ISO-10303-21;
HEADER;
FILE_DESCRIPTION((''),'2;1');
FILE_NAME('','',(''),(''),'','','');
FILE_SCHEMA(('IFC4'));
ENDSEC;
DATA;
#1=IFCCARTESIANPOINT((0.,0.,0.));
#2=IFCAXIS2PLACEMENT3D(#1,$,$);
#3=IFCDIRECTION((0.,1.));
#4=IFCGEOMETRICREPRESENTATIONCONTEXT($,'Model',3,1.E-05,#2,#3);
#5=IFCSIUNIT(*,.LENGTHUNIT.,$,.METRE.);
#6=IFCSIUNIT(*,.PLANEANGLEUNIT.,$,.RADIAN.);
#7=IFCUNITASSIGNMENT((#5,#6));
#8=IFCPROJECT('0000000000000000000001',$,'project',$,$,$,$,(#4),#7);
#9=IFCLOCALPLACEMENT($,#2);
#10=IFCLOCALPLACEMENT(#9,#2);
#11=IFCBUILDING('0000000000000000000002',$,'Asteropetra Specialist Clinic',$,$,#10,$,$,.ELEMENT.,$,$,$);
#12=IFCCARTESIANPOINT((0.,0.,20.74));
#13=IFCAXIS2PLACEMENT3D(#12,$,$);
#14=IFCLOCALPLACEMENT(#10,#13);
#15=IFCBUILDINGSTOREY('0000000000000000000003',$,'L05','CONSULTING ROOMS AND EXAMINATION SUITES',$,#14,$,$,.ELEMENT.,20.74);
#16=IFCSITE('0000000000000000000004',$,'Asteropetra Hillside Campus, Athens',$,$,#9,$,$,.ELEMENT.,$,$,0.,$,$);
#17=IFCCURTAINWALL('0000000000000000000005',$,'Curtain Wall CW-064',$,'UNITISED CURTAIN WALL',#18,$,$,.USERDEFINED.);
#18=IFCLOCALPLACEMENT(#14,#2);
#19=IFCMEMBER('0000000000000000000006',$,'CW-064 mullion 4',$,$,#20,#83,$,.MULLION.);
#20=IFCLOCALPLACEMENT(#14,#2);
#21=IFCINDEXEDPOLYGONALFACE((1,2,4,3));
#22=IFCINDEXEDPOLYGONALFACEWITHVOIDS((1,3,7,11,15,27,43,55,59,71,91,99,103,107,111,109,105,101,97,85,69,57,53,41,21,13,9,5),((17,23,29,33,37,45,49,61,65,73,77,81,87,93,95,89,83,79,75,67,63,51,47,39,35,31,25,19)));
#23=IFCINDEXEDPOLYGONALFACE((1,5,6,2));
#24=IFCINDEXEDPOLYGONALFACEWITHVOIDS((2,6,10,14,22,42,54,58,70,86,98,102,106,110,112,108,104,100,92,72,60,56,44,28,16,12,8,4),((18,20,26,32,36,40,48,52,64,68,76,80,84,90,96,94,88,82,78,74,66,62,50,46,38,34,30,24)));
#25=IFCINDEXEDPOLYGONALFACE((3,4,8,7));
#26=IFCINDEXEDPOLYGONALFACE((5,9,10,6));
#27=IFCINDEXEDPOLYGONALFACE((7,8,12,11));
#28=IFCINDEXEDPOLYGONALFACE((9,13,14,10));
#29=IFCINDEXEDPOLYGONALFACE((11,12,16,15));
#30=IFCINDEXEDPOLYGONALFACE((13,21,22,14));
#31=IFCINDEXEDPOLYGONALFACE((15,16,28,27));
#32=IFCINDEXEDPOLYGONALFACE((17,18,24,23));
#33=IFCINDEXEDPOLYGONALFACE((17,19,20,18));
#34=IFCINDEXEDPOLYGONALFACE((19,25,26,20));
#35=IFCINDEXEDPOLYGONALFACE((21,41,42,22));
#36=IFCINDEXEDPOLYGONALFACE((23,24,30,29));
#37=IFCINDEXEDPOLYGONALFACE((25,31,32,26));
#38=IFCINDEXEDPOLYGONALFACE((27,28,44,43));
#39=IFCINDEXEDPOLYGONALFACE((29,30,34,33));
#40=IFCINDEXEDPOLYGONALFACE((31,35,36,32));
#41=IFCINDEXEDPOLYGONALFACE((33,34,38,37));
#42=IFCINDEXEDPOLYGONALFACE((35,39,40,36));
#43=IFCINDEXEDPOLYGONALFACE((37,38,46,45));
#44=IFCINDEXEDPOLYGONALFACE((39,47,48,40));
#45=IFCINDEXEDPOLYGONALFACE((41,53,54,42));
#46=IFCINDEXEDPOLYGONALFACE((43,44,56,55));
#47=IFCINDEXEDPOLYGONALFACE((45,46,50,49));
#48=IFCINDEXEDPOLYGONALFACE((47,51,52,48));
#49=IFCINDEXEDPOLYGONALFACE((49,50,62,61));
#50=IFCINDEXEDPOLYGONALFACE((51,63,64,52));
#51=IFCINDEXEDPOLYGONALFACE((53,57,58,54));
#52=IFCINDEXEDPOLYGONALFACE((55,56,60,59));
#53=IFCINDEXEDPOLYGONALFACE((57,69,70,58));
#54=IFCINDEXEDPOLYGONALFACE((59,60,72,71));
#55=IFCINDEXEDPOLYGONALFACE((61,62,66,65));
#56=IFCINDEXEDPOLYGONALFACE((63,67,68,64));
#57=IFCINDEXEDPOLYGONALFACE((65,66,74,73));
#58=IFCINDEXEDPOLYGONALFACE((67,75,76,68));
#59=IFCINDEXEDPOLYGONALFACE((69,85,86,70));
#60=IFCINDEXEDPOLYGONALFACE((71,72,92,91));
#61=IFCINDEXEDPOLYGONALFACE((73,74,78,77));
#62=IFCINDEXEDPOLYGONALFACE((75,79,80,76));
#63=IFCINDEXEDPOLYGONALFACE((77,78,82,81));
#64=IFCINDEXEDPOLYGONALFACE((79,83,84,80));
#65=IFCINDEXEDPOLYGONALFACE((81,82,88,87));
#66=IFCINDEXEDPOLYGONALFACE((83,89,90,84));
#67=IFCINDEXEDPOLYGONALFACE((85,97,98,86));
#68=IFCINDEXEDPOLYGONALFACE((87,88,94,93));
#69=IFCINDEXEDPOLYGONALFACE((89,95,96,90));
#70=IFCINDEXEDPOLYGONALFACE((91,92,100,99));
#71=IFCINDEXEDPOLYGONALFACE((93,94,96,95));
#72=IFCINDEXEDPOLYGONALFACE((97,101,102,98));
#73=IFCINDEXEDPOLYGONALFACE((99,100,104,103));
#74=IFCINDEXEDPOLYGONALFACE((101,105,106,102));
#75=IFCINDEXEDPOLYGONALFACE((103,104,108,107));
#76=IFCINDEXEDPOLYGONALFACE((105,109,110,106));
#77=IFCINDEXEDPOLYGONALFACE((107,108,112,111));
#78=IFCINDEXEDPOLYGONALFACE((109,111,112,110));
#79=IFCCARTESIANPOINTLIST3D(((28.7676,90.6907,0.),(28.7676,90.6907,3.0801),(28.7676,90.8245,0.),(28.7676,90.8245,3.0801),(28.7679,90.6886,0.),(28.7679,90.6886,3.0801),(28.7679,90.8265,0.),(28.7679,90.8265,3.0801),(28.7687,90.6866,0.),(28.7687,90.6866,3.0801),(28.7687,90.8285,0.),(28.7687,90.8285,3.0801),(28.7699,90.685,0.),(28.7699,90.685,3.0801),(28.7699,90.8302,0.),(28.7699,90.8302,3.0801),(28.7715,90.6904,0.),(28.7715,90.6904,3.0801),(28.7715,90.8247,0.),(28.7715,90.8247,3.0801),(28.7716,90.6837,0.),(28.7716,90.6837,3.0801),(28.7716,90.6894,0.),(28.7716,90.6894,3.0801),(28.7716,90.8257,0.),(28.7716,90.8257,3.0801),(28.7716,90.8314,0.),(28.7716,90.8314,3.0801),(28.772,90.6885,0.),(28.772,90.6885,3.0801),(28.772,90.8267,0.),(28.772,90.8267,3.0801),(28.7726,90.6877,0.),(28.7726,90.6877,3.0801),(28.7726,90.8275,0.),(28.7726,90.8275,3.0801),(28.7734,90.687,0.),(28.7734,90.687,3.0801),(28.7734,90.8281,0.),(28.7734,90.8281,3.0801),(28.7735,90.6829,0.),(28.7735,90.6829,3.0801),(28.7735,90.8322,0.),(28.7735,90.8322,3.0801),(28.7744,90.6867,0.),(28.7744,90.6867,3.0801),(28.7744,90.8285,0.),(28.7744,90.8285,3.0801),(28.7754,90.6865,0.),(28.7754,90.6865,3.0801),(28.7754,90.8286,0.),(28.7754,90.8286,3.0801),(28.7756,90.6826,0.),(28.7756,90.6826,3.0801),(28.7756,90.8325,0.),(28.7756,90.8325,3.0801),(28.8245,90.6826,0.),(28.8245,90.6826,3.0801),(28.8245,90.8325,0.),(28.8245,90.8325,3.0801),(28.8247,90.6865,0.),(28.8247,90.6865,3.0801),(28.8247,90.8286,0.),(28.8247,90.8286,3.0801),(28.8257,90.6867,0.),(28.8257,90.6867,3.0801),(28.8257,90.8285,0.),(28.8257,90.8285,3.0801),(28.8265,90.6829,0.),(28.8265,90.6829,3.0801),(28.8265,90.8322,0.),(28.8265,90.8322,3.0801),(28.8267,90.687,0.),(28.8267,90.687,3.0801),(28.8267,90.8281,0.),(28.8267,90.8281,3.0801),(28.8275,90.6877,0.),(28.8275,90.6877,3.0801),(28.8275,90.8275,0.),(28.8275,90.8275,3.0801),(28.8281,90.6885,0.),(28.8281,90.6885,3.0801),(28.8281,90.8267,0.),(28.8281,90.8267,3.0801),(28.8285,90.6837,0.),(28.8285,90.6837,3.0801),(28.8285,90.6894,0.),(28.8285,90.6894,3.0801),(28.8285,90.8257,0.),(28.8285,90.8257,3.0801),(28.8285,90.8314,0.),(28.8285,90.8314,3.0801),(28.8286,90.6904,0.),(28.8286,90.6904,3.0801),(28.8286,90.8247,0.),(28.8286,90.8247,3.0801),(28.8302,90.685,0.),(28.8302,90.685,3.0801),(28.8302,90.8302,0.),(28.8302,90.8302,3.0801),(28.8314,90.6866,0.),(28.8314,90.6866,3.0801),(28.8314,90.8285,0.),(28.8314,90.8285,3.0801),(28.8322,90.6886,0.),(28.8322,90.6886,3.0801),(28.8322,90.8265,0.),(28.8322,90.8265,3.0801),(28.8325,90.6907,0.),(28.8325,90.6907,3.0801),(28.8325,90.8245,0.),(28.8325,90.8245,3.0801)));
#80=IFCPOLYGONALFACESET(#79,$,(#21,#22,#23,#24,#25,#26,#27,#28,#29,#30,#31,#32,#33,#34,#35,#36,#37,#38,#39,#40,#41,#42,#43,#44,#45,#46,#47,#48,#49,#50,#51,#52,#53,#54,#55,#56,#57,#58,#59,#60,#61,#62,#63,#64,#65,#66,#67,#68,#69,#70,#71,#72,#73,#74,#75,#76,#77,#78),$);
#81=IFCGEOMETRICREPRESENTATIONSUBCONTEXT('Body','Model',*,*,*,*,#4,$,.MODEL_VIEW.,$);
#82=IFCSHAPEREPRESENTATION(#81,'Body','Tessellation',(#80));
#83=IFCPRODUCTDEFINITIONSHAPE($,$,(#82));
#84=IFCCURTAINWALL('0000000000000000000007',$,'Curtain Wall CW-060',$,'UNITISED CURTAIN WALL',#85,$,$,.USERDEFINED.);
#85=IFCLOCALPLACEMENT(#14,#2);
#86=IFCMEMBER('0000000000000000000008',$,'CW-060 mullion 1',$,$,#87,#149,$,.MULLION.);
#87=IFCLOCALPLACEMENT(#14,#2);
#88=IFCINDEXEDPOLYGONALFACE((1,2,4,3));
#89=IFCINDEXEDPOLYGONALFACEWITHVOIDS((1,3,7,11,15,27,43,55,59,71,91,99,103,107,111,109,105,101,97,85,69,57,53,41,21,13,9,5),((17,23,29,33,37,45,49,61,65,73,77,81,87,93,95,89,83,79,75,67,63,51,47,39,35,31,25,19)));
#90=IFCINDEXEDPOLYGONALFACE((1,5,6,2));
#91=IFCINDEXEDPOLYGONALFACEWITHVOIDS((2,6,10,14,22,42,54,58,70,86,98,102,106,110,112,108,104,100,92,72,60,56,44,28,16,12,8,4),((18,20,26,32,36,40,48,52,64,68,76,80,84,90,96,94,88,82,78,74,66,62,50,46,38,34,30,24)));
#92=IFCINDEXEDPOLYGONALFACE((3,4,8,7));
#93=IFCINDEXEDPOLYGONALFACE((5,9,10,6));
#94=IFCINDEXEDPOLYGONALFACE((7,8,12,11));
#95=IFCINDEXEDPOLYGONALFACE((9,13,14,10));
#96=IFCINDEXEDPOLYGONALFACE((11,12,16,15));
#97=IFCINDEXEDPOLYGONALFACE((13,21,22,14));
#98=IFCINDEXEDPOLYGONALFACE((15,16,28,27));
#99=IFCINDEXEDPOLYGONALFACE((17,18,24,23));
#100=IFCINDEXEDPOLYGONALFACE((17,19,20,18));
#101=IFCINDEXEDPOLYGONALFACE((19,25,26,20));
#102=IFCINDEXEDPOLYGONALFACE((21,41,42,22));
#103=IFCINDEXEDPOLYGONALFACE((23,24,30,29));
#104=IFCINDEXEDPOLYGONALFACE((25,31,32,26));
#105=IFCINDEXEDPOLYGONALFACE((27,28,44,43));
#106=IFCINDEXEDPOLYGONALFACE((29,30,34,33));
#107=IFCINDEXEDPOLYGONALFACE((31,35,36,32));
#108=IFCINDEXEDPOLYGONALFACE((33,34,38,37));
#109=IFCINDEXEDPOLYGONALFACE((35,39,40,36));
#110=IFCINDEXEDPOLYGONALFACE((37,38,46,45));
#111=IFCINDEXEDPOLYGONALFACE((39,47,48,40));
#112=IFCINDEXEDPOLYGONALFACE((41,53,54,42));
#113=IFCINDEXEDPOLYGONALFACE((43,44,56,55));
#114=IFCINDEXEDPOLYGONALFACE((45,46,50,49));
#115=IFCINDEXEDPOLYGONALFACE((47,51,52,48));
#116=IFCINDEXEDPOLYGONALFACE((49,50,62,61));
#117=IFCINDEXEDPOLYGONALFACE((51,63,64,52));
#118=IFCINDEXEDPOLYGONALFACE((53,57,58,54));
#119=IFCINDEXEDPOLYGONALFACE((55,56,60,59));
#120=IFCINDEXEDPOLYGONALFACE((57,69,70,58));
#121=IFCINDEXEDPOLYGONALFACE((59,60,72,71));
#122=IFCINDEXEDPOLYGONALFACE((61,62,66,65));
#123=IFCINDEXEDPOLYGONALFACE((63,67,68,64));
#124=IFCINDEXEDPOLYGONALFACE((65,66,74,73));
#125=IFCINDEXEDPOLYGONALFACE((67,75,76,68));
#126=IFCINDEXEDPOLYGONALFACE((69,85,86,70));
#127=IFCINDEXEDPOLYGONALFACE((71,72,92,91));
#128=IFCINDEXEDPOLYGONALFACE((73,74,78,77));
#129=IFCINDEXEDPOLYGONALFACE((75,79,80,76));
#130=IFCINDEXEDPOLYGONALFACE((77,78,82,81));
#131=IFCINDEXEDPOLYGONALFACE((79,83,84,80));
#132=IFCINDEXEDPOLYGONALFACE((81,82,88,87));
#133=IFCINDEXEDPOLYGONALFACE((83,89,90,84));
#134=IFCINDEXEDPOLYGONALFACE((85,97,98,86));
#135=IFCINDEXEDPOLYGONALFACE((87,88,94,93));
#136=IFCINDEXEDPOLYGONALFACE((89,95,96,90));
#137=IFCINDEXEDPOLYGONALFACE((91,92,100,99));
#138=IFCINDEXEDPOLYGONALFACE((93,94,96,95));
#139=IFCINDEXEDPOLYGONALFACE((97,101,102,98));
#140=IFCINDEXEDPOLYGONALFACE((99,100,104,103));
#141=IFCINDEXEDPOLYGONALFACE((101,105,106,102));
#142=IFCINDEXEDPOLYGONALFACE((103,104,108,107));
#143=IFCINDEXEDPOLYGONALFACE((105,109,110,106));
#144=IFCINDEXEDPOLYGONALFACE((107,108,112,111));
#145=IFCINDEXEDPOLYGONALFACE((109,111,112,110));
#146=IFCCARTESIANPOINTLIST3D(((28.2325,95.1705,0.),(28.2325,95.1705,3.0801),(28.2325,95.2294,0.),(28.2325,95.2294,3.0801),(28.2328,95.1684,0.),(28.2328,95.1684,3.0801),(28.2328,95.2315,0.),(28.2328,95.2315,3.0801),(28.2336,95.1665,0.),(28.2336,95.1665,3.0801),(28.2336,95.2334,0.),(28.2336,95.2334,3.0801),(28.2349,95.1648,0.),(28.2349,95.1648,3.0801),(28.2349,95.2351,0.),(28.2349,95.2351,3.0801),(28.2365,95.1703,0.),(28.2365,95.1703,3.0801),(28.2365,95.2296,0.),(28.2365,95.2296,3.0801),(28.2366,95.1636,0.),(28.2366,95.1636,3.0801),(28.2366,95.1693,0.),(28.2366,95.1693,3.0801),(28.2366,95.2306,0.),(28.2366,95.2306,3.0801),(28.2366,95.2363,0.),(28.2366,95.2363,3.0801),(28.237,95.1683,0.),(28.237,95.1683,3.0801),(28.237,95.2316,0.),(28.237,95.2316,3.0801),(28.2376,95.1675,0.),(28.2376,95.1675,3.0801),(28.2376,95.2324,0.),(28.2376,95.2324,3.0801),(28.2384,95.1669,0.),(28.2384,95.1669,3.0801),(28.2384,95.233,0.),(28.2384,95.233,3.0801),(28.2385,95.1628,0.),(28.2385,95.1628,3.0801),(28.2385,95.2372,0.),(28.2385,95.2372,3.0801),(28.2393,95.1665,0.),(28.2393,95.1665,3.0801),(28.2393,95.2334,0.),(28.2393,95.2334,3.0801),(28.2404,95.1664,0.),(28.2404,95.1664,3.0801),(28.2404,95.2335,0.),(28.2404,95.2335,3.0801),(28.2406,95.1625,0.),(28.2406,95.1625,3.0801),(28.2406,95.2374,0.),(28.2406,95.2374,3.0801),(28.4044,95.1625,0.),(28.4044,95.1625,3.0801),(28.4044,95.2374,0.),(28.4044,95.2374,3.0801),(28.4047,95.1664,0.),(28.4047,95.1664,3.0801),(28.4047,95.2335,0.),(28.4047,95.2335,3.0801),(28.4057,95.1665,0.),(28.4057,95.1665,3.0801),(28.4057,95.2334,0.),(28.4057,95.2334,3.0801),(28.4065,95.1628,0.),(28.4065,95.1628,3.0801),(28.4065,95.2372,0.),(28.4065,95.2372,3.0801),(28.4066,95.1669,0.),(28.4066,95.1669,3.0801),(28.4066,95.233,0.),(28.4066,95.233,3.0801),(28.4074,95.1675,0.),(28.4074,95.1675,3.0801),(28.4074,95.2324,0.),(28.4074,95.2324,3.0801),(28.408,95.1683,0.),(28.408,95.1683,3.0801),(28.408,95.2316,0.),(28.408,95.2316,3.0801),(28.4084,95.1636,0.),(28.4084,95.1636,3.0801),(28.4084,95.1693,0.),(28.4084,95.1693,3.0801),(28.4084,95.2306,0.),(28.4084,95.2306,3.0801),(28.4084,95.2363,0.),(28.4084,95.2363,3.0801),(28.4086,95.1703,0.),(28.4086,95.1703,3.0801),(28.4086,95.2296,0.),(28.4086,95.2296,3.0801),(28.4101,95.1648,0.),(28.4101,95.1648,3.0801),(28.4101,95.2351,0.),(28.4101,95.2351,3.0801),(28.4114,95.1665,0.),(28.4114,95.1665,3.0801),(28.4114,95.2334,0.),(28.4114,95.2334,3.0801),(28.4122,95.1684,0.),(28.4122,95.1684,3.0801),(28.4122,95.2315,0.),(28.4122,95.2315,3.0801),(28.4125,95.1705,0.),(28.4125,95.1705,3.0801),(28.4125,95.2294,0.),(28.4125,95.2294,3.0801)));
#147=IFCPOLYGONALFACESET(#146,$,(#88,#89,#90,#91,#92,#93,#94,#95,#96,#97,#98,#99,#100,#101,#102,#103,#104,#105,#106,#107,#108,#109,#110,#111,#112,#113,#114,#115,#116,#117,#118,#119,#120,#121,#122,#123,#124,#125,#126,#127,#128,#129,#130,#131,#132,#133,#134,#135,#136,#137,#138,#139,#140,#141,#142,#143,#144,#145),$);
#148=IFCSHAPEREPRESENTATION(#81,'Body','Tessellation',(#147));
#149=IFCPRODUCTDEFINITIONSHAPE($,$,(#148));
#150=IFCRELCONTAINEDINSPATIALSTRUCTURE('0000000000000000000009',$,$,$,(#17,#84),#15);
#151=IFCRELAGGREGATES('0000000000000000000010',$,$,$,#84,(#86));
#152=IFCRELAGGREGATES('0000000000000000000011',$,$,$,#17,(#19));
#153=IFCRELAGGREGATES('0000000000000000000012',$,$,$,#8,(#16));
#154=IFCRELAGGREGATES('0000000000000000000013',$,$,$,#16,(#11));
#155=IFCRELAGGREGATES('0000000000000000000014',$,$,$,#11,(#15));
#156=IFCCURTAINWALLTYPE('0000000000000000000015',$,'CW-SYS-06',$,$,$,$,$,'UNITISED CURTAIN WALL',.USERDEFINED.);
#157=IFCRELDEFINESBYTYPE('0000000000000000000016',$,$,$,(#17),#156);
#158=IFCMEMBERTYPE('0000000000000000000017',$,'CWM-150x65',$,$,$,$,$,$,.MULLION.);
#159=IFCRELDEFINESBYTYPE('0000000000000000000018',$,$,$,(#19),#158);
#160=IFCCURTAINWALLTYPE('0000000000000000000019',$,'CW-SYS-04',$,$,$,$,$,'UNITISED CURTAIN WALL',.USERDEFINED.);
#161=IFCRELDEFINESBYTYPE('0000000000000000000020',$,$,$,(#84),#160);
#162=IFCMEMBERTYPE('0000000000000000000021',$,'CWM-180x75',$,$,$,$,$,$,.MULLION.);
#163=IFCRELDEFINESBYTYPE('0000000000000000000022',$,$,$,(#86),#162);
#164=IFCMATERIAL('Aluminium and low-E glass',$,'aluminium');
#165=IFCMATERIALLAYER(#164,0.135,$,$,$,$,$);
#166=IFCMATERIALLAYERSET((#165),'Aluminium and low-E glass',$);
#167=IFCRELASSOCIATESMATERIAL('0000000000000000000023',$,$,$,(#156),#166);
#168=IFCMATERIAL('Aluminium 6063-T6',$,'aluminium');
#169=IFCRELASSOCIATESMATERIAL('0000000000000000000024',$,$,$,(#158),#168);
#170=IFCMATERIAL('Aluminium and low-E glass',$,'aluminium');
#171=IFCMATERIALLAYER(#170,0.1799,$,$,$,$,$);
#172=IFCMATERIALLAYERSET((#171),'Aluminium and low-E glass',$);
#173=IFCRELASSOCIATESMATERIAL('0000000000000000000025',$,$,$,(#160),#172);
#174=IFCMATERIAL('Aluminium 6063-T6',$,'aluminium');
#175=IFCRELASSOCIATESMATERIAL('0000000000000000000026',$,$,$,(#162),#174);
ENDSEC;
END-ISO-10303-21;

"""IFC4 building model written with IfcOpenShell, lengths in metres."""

from ifc_helpers import new_model, si_unit, direction, frame, origin, origin_2d, place, context, subcontext, project, spatial, hollow_rectangle, extrude, material, layer, layer_set, material_profile, profile_set, type_object, element, aggregate, save


model = new_model("IFC4")

# Units and contexts
model_context = context("Model", 3, precision=1e-05, world=origin(), true_north=direction((0.0, 1.0)))
body_context = subcontext(model_context, "Body", "Model", "MODEL_VIEW")
ifc_project = project(units=[si_unit("LENGTHUNIT", "METRE"), si_unit("PLANEANGLEUNIT", "RADIAN")], contexts=[model_context])

# Site, building, storey
site_placement = place(None, origin())
site = spatial("IfcSite", under=ifc_project, at=site_placement, Name="Asteropetra Hillside Campus, Athens", CompositionType="ELEMENT", RefElevation=0.0)
building_placement = place(site_placement, origin())
building = spatial("IfcBuilding", under=site, at=building_placement, Name="Asteropetra Specialist Clinic", CompositionType="ELEMENT")
storey_placement = place(building_placement, frame((0.0, 0.0, 20.74)))
storey = spatial("IfcBuildingStorey", under=building, at=storey_placement, Name="L05", Description="CONSULTING ROOMS AND EXAMINATION SUITES", CompositionType="ELEMENT", Elevation=20.74)

# Curtain wall, member
ifc_material_1 = material(Name="Aluminium and low-E glass", Category="aluminium")
ifc_layer_1 = layer(ifc_material_1, 0.135)
ifc_layer_set_1 = layer_set([ifc_layer_1], Name="Aluminium and low-E glass")
curtain_wall_type_1 = type_object("IfcCurtainWallType", Name="CW-SYS-06", ElementType="UNITISED CURTAIN WALL", PredefinedType="USERDEFINED", material=ifc_layer_set_1)
curtain_wall_1_placement = place(storey_placement, origin())
curtain_wall_1 = element("IfcCurtainWall", 1, at=curtain_wall_1_placement, inside=storey, type_object=curtain_wall_type_1, Name="Curtain Wall CW-064", ObjectType="UNITISED CURTAIN WALL", PredefinedType="USERDEFINED")
ifc_material_2 = material(Name="Aluminium 6063-T6", Category="aluminium")
ifc_material_profile_1 = material_profile(ifc_material_2, hollow_rectangle(XDim=0.0649, YDim=0.1499, WallThickness=0.0039, InnerFilletRadius=0.0039, OuterFilletRadius=0.0081, at=origin_2d()), Name="MUL 150x65x4.0")
ifc_profile_set_1 = profile_set([ifc_material_profile_1], Name="Aluminium 6063-T6")
member_type_1 = type_object("IfcMemberType", Name="CWM-150x65", PredefinedType="MULLION", material=ifc_profile_set_1)
member_1_placement = place(storey_placement, frame((28.8, 90.7576, 0.0), z_axis=(0.0, 0.0, 1.0), x_axis=(-1.0, 0.0, 0.0)))
member_1 = element("IfcMember", 2, at=member_1_placement, type_object=member_type_1, Name="CW-064 mullion 4", PredefinedType="MULLION", context=body_context, shape_type="SweptSolid", body=[
    extrude(hollow_rectangle(XDim=0.0649, YDim=0.1499, WallThickness=0.0039, InnerFilletRadius=0.0039, OuterFilletRadius=0.0081, at=origin_2d()), origin(), (0.0, 0.0, 1.0), 3.0801),
])

# Curtain wall, member
ifc_material_3 = material(Name="Aluminium and low-E glass", Category="aluminium")
ifc_layer_2 = layer(ifc_material_3, 0.1799)
ifc_layer_set_2 = layer_set([ifc_layer_2], Name="Aluminium and low-E glass")
curtain_wall_type_2 = type_object("IfcCurtainWallType", Name="CW-SYS-04", ElementType="UNITISED CURTAIN WALL", PredefinedType="USERDEFINED", material=ifc_layer_set_2)
curtain_wall_2_placement = place(storey_placement, origin())
curtain_wall_2 = element("IfcCurtainWall", 3, at=curtain_wall_2_placement, inside=storey, type_object=curtain_wall_type_2, Name="Curtain Wall CW-060", ObjectType="UNITISED CURTAIN WALL", PredefinedType="USERDEFINED")
ifc_material_4 = material(Name="Aluminium 6063-T6", Category="aluminium")
ifc_material_profile_2 = material_profile(ifc_material_4, hollow_rectangle(XDim=0.075, YDim=0.1799, WallThickness=0.0039, InnerFilletRadius=0.0039, OuterFilletRadius=0.0081, at=origin_2d()), Name="MUL 180x75x4.0")
ifc_profile_set_2 = profile_set([ifc_material_profile_2], Name="Aluminium 6063-T6")
member_type_2 = type_object("IfcMemberType", Name="CWM-180x75", PredefinedType="MULLION", material=ifc_profile_set_2)
member_2_placement = place(storey_placement, frame((28.3225, 95.2, 0.0), z_axis=(0.0, 0.0, 1.0), x_axis=(0.0, -1.0, 0.0)))
member_2 = element("IfcMember", 4, at=member_2_placement, type_object=member_type_2, Name="CW-060 mullion 1", PredefinedType="MULLION", context=body_context, shape_type="SweptSolid", body=[
    extrude(hollow_rectangle(XDim=0.075, YDim=0.1799, WallThickness=0.0039, InnerFilletRadius=0.0039, OuterFilletRadius=0.0081, at=origin_2d()), origin(), (0.0, 0.0, 1.0), 3.0801),
])
aggregate(curtain_wall_2, [member_2])

aggregate(curtain_wall_1, [member_1])

save(model, "model.ifc")
